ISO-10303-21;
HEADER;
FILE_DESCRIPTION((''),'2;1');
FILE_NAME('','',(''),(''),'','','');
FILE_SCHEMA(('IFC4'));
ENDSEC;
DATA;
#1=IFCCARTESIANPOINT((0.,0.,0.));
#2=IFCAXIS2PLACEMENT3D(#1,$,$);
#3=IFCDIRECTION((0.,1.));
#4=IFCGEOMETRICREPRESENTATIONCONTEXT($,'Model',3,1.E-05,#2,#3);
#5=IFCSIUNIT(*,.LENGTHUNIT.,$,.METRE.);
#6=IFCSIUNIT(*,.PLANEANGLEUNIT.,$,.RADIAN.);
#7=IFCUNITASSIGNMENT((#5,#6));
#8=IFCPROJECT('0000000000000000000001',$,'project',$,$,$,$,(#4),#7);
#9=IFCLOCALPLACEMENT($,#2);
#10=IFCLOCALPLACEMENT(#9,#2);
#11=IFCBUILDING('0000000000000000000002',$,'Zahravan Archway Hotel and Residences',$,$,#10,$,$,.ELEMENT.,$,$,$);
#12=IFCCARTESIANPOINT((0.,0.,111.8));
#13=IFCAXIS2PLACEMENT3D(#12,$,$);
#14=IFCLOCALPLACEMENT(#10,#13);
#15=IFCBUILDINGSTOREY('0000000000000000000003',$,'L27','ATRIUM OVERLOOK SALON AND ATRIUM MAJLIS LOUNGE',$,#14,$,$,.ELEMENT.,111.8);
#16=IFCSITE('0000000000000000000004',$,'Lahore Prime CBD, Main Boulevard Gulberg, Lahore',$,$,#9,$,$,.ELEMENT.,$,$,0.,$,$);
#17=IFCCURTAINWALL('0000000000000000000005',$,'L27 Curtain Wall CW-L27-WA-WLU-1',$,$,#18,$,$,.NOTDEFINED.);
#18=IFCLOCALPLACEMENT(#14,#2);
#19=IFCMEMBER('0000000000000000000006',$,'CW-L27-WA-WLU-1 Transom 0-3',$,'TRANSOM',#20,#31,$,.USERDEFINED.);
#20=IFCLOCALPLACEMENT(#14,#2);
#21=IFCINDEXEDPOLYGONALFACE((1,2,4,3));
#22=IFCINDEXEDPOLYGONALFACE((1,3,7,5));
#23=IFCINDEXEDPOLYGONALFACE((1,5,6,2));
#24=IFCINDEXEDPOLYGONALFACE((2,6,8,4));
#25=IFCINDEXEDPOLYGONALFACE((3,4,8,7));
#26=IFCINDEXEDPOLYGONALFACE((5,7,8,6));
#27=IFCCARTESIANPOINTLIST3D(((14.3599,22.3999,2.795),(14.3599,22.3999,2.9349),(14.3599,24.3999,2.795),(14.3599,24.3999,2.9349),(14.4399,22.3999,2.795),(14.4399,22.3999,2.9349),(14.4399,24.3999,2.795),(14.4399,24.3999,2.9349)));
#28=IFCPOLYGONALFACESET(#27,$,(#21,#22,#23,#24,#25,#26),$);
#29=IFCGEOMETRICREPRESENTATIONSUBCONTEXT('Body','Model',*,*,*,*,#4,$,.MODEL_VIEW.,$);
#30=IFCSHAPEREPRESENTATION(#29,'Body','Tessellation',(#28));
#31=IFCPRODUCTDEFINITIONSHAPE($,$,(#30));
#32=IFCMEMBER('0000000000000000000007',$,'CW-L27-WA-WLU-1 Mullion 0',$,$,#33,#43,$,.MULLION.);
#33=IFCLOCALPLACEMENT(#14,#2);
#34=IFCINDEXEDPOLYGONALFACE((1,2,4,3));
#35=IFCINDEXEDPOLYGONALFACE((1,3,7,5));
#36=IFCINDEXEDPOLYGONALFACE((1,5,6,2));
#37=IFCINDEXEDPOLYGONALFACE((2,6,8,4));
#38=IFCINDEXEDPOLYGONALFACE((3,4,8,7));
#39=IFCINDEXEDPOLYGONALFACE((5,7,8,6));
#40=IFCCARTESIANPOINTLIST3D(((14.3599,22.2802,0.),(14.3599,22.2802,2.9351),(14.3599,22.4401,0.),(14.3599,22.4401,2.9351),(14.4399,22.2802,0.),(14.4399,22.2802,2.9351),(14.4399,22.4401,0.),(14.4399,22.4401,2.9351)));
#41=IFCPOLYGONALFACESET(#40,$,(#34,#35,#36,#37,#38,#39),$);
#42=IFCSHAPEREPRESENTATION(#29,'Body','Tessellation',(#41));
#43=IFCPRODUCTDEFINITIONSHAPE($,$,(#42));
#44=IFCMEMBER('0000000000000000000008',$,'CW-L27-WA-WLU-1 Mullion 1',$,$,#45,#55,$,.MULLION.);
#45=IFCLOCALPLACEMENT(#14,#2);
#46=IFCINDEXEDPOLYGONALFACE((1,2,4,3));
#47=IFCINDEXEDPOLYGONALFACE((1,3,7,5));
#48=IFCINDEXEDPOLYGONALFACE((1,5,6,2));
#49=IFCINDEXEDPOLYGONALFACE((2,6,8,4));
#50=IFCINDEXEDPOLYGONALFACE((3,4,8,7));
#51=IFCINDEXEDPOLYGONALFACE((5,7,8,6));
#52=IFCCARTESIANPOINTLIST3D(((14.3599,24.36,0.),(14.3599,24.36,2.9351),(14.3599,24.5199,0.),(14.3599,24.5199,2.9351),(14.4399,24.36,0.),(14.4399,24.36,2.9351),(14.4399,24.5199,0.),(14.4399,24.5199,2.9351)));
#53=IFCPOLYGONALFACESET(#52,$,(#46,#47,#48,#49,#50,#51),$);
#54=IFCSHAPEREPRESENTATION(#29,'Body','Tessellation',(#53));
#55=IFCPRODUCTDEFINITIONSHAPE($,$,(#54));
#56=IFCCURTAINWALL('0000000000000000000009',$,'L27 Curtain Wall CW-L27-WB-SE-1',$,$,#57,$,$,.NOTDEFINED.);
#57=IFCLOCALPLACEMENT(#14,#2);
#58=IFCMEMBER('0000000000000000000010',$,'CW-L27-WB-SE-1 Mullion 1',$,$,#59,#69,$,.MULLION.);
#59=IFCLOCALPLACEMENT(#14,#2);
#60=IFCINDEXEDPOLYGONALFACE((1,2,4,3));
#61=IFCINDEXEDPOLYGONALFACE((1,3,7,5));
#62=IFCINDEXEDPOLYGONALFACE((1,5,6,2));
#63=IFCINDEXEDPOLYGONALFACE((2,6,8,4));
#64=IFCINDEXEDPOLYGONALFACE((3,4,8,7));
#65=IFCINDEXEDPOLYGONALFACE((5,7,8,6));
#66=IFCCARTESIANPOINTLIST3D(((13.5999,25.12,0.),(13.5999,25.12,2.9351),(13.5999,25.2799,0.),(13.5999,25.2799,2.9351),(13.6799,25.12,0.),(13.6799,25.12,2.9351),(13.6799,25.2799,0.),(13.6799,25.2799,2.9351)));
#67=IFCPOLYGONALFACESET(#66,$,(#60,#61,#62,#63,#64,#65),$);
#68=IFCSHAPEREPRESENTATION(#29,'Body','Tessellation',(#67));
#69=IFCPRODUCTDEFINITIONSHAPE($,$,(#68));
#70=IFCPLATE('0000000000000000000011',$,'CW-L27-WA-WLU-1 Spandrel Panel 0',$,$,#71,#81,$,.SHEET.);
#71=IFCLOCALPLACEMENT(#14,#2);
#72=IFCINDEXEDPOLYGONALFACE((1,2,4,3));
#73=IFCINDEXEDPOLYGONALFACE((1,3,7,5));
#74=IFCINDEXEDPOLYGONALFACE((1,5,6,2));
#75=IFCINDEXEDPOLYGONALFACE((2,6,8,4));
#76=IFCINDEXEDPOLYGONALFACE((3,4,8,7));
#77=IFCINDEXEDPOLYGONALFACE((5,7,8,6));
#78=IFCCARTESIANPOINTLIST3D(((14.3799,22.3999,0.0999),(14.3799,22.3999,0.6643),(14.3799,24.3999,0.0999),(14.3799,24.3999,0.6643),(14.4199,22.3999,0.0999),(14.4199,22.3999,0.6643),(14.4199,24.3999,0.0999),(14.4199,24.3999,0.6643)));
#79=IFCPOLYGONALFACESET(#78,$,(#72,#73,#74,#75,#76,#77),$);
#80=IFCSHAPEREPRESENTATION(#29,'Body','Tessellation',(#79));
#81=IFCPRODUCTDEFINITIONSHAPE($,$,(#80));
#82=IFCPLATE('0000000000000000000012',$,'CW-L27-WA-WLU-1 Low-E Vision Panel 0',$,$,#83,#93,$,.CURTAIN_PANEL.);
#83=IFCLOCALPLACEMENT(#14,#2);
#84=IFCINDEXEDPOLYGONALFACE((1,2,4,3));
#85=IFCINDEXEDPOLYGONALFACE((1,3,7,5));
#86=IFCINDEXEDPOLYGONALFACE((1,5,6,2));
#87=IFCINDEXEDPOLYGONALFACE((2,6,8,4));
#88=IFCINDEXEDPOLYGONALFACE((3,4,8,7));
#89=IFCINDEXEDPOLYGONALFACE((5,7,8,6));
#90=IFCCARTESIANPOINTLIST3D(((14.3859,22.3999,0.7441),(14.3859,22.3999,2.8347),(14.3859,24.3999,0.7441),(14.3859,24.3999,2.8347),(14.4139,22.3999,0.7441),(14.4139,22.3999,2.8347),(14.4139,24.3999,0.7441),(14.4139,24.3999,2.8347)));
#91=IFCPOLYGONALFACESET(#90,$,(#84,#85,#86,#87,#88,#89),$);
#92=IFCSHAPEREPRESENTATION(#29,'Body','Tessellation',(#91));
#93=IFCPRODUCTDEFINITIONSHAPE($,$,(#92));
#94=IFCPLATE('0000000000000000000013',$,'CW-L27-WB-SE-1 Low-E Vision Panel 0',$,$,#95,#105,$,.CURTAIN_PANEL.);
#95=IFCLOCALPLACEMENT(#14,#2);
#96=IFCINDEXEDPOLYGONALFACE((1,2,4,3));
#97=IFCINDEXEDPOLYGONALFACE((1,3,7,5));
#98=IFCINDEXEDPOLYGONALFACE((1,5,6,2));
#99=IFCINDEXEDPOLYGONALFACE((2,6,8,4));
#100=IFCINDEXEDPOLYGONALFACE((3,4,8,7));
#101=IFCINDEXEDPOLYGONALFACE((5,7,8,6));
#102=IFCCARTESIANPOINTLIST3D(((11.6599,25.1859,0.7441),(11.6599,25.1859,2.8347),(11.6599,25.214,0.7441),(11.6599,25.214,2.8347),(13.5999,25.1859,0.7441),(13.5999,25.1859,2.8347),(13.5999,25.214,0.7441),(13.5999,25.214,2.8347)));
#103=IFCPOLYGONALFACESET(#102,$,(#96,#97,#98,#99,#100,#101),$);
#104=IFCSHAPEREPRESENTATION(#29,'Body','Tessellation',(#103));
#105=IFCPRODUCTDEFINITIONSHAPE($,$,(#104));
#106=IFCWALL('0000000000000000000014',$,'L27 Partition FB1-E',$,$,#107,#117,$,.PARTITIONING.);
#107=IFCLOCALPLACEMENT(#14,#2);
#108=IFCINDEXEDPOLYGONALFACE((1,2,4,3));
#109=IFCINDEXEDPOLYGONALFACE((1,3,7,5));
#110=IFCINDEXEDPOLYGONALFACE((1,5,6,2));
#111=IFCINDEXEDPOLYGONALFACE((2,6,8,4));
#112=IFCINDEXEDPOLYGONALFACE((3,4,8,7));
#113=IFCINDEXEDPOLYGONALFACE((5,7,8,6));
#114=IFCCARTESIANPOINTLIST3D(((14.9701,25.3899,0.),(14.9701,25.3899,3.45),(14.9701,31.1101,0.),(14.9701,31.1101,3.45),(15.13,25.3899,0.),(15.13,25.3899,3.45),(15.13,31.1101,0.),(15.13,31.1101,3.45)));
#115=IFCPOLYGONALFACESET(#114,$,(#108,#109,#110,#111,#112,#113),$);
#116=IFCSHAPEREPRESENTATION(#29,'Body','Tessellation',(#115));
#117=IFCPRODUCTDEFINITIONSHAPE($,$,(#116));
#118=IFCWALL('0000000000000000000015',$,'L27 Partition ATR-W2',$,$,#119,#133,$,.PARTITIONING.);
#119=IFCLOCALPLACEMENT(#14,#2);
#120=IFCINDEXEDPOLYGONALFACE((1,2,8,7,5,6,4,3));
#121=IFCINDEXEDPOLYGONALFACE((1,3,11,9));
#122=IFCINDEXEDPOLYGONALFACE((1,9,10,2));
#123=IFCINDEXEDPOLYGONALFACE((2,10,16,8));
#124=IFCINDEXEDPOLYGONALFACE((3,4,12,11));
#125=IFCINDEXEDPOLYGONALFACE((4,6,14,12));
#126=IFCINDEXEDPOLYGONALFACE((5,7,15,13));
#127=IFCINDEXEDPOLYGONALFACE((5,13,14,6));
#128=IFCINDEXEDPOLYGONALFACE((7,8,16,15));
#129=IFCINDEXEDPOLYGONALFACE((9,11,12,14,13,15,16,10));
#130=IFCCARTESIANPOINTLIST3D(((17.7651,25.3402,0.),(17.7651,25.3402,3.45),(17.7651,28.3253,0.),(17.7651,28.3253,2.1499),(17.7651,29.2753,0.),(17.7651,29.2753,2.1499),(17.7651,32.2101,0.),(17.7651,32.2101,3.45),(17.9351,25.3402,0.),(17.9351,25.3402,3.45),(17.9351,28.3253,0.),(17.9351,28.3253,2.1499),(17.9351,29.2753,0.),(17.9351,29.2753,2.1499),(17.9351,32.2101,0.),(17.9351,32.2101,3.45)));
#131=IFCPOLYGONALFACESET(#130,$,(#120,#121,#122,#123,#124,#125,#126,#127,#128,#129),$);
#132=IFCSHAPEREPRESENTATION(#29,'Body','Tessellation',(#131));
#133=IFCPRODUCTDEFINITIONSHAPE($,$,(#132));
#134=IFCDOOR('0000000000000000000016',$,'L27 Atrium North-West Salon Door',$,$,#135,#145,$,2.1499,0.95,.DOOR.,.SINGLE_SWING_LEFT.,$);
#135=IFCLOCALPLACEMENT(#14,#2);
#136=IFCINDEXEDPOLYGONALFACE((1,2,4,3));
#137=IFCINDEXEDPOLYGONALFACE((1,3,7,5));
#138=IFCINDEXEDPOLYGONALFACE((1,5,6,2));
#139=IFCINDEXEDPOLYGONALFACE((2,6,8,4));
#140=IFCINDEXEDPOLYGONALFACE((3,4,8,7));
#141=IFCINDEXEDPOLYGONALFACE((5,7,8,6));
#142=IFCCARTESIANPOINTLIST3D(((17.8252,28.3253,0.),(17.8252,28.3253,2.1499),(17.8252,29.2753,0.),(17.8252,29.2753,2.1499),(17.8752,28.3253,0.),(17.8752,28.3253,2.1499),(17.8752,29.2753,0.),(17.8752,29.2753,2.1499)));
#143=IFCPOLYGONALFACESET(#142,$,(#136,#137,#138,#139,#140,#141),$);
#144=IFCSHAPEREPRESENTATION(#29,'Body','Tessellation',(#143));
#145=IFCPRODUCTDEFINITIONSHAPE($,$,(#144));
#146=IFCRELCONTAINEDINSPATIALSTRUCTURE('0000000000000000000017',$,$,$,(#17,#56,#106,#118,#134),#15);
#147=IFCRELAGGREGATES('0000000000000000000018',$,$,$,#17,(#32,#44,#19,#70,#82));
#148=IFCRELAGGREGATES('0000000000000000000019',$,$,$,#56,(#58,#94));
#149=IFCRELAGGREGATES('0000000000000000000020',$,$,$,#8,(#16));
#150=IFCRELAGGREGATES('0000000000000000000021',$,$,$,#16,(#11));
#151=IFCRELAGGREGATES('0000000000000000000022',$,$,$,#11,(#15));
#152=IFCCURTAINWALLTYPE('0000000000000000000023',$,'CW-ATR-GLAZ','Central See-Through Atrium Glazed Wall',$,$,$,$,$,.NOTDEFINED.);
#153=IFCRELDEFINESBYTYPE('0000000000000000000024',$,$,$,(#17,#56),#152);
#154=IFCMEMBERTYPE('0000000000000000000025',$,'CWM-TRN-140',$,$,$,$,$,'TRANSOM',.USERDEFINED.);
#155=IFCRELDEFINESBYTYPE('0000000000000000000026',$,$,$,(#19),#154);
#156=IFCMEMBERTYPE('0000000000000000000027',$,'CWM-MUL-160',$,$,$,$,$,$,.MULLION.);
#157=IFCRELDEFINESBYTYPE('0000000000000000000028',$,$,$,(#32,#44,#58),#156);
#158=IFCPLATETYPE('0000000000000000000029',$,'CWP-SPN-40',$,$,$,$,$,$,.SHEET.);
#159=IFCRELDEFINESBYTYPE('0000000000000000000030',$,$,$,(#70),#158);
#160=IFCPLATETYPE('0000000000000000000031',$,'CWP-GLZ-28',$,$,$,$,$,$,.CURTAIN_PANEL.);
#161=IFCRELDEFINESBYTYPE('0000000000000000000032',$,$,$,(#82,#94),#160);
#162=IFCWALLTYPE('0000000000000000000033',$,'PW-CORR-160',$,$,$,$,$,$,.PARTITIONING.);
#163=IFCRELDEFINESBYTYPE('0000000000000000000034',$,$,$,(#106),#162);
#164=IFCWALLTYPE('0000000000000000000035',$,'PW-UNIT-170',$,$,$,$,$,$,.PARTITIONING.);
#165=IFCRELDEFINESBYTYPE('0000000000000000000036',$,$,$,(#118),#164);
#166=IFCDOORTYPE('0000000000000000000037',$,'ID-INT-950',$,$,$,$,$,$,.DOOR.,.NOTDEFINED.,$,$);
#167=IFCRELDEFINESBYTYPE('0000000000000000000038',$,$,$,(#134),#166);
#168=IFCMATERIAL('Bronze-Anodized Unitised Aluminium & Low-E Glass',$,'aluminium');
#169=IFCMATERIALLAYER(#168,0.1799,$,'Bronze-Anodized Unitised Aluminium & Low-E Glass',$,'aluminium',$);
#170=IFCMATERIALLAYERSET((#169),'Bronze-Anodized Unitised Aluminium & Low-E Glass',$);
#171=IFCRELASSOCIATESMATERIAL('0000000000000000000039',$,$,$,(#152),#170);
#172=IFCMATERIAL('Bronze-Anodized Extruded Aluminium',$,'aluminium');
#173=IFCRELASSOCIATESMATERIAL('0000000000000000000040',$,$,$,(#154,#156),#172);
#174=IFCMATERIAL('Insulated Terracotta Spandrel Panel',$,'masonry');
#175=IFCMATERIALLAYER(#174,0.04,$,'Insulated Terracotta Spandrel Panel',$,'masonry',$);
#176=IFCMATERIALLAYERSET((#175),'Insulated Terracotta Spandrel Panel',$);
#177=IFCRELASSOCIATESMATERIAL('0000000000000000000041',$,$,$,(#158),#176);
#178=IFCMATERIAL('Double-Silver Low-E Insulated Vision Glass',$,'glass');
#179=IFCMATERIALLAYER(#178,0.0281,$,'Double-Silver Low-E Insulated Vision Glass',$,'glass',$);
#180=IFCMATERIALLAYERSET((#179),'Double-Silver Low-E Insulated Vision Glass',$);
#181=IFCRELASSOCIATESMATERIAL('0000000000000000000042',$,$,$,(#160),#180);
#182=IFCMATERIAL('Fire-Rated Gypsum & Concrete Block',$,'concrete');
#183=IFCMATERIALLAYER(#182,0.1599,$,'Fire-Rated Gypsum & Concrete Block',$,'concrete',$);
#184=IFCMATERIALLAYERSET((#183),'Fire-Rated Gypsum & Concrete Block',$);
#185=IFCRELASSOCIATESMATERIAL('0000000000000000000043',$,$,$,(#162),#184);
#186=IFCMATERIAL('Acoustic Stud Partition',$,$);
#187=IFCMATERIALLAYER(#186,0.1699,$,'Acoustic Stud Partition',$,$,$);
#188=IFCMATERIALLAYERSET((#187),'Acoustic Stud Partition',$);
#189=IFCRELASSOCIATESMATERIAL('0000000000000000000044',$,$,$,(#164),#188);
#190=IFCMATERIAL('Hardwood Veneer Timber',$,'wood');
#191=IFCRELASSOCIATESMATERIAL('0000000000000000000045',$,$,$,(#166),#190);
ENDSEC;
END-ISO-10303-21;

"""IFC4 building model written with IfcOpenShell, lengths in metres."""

from ifc_helpers import new_model, si_unit, direction, frame, frame_2d, origin, origin_2d, place, context, subcontext, project, spatial, rectangle, extrude, source, transform, mapped, material, layer, layer_set, material_profile, profile_set, type_object, type_shapes, element, fill, aggregate, save


model = new_model("IFC4")

# Units and contexts
model_context = context("Model", 3, precision=1e-05, world=origin(), true_north=direction((0.0, 1.0)))
body_context = subcontext(model_context, "Body", "Model", "MODEL_VIEW")
ifc_project = project(units=[si_unit("LENGTHUNIT", "METRE"), si_unit("PLANEANGLEUNIT", "RADIAN")], contexts=[model_context])

# Site, building, storey
site_placement = place(None, origin())
site = spatial("IfcSite", under=ifc_project, at=site_placement, Name="Lahore Prime CBD, Main Boulevard Gulberg, Lahore", CompositionType="ELEMENT", RefElevation=0.0)
building_placement = place(site_placement, origin())
building = spatial("IfcBuilding", under=site, at=building_placement, Name="Zahravan Archway Hotel and Residences", CompositionType="ELEMENT")
storey_placement = place(building_placement, frame((0.0, 0.0, 111.8)))
storey = spatial("IfcBuildingStorey", under=building, at=storey_placement, Name="L27", Description="ATRIUM OVERLOOK SALON AND ATRIUM MAJLIS LOUNGE", CompositionType="ELEMENT", Elevation=111.8)

# Curtain wall, members
ifc_material_1 = material(Name="Bronze-Anodized Unitised Aluminium & Low-E Glass", Category="aluminium")
ifc_layer_1 = layer(ifc_material_1, 0.1799, Name="Bronze-Anodized Unitised Aluminium & Low-E Glass", Category="aluminium")
ifc_layer_set_1 = layer_set([ifc_layer_1], Name="Bronze-Anodized Unitised Aluminium & Low-E Glass")
curtain_wall_type = type_object("IfcCurtainWallType", Name="CW-ATR-GLAZ", Description="Central See-Through Atrium Glazed Wall", PredefinedType="NOTDEFINED", material=ifc_layer_set_1)
curtain_wall_1_placement = place(storey_placement, origin())
curtain_wall_1 = element("IfcCurtainWall", 1, at=curtain_wall_1_placement, inside=storey, type_object=curtain_wall_type, Name="L27 Curtain Wall CW-L27-WA-WLU-1", PredefinedType="NOTDEFINED")
ifc_material_2 = material(Name="Bronze-Anodized Extruded Aluminium", Category="aluminium")
ifc_material_profile_1 = material_profile(ifc_material_2, rectangle(XDim=0.0801, YDim=0.1399, at=origin_2d()), Name="TRN 80x140", Category="aluminium")
ifc_profile_set_1 = profile_set([ifc_material_profile_1], Name="Bronze-Anodized Extruded Aluminium")
member_type_1 = type_object("IfcMemberType", Name="CWM-TRN-140", ElementType="TRANSOM", PredefinedType="USERDEFINED", material=ifc_profile_set_1)
shared_shape_1 = source(origin(), body_context, "Body", "SweptSolid", [
    extrude(rectangle(XDim=0.0801, YDim=0.1399, at=origin_2d()), origin(), (0.0, 0.0, 1.0), 2.0),
])
member_1_placement = place(storey_placement, frame((14.3999, 22.3999, 2.865), z_axis=(0.0, 1.0, 0.0), x_axis=(-1.0, 0.0, 0.0)))
member_1 = element("IfcMember", 2, at=member_1_placement, type_object=member_type_1, Name="CW-L27-WA-WLU-1 Transom 0-3", ObjectType="TRANSOM", PredefinedType="USERDEFINED", context=body_context, shape_type="MappedRepresentation", body=[
    mapped(shared_shape_1, transform((0.0, 0.0, 0.0), scale=1.0)),
])
ifc_material_profile_2 = material_profile(ifc_material_2, rectangle(XDim=0.0801, YDim=0.1599, at=origin_2d()), Name="MUL 80x160", Category="aluminium")
ifc_profile_set_2 = profile_set([ifc_material_profile_2], Name="Bronze-Anodized Extruded Aluminium")
member_type_2 = type_object("IfcMemberType", Name="CWM-MUL-160", PredefinedType="MULLION", material=ifc_profile_set_2)
shared_shape_2 = source(origin(), body_context, "Body", "SweptSolid", [
    extrude(rectangle(XDim=0.0801, YDim=0.1599, at=origin_2d()), origin(), (0.0, 0.0, 1.0), 2.9351),
])
member_2_placement = place(storey_placement, frame((14.3999, 22.3601, 0.0), z_axis=(0.0, 0.0, 1.0), x_axis=(1.0, 0.0, 0.0)))
member_2 = element("IfcMember", 3, at=member_2_placement, type_object=member_type_2, Name="CW-L27-WA-WLU-1 Mullion 0", PredefinedType="MULLION", context=body_context, shape_type="MappedRepresentation", body=[
    mapped(shared_shape_2, transform((0.0, 0.0, 0.0), scale=1.0)),
])
member_3_placement = place(storey_placement, frame((14.3999, 24.4399, 0.0), z_axis=(0.0, 0.0, 1.0), x_axis=(1.0, 0.0, 0.0)))
member_3 = element("IfcMember", 4, at=member_3_placement, type_object=member_type_2, Name="CW-L27-WA-WLU-1 Mullion 1", PredefinedType="MULLION", context=body_context, shape_type="MappedRepresentation", body=[
    mapped(shared_shape_2, transform((0.0, 0.0, 0.0), scale=1.0)),
])

# Curtain wall, member
curtain_wall_2_placement = place(storey_placement, origin())
curtain_wall_2 = element("IfcCurtainWall", 5, at=curtain_wall_2_placement, inside=storey, type_object=curtain_wall_type, Name="L27 Curtain Wall CW-L27-WB-SE-1", PredefinedType="NOTDEFINED")
member_4_placement = place(storey_placement, frame((13.6399, 25.2, 0.0), z_axis=(0.0, 0.0, 1.0), x_axis=(1.0, 0.0, 0.0)))
member_4 = element("IfcMember", 6, at=member_4_placement, type_object=member_type_2, Name="CW-L27-WB-SE-1 Mullion 1", PredefinedType="MULLION", context=body_context, shape_type="MappedRepresentation", body=[
    mapped(shared_shape_2, transform((0.0, 0.0, 0.0), scale=1.0)),
])

# Plates
ifc_material_3 = material(Name="Insulated Terracotta Spandrel Panel", Category="masonry")
ifc_layer_2 = layer(ifc_material_3, 0.04, Name="Insulated Terracotta Spandrel Panel", Category="masonry")
ifc_layer_set_2 = layer_set([ifc_layer_2], Name="Insulated Terracotta Spandrel Panel")
plate_type_1 = type_object("IfcPlateType", Name="CWP-SPN-40", PredefinedType="SHEET", material=ifc_layer_set_2)
shared_shape_3 = source(origin(), body_context, "Body", "SweptSolid", [
    extrude(rectangle(XDim=2.0, YDim=0.04, at=origin_2d()), origin(), (0.0, 0.0, 1.0), 0.5645),
])
plate_1_placement = place(storey_placement, frame((14.3999, 23.3999, 0.0999), z_axis=(0.0, 0.0, 1.0), x_axis=(0.0, 1.0, 0.0)))
plate_1 = element("IfcPlate", 7, at=plate_1_placement, type_object=plate_type_1, Name="CW-L27-WA-WLU-1 Spandrel Panel 0", PredefinedType="SHEET", context=body_context, shape_type="MappedRepresentation", body=[
    mapped(shared_shape_3, transform((0.0, 0.0, 0.0), scale=1.0)),
])
ifc_material_4 = material(Name="Double-Silver Low-E Insulated Vision Glass", Category="glass")
ifc_layer_3 = layer(ifc_material_4, 0.0281, Name="Double-Silver Low-E Insulated Vision Glass", Category="glass")
ifc_layer_set_3 = layer_set([ifc_layer_3], Name="Double-Silver Low-E Insulated Vision Glass")
plate_type_2 = type_object("IfcPlateType", Name="CWP-GLZ-28", PredefinedType="CURTAIN_PANEL", material=ifc_layer_set_3)
shared_shape_4 = source(origin(), body_context, "Body", "SweptSolid", [
    extrude(rectangle(XDim=2.0, YDim=0.0281, at=origin_2d()), origin(), (0.0, 0.0, 1.0), 2.0906),
])
plate_2_placement = place(storey_placement, frame((14.3999, 23.3999, 0.7441), z_axis=(0.0, 0.0, 1.0), x_axis=(0.0, 1.0, 0.0)))
plate_2 = element("IfcPlate", 8, at=plate_2_placement, type_object=plate_type_2, Name="CW-L27-WA-WLU-1 Low-E Vision Panel 0", PredefinedType="CURTAIN_PANEL", context=body_context, shape_type="MappedRepresentation", body=[
    mapped(shared_shape_4, transform((0.0, 0.0, 0.0), scale=1.0)),
])
aggregate(curtain_wall_1, [member_2, member_3, member_1, plate_1, plate_2])
shared_shape_5 = source(origin(), body_context, "Body", "SweptSolid", [
    extrude(rectangle(XDim=1.9399, YDim=0.0281, at=origin_2d()), origin(), (0.0, 0.0, 1.0), 2.0906),
])
plate_3_placement = place(storey_placement, frame((12.6299, 25.2, 0.7441), z_axis=(0.0, 0.0, 1.0), x_axis=(1.0, 0.0, 0.0)))
plate_3 = element("IfcPlate", 9, at=plate_3_placement, type_object=plate_type_2, Name="CW-L27-WB-SE-1 Low-E Vision Panel 0", PredefinedType="CURTAIN_PANEL", context=body_context, shape_type="MappedRepresentation", body=[
    mapped(shared_shape_5, transform((0.0, 0.0, 0.0), scale=1.0)),
])
aggregate(curtain_wall_2, [member_4, plate_3])

# Wall
ifc_material_5 = material(Name="Fire-Rated Gypsum & Concrete Block", Category="concrete")
ifc_layer_4 = layer(ifc_material_5, 0.1599, Name="Fire-Rated Gypsum & Concrete Block", Category="concrete")
ifc_layer_set_4 = layer_set([ifc_layer_4], Name="Fire-Rated Gypsum & Concrete Block")
wall_type_1 = type_object("IfcWallType", Name="PW-CORR-160", PredefinedType="PARTITIONING", material=ifc_layer_set_4)
wall_1_placement = place(storey_placement, frame((15.05, 25.3899, 0.0), z_axis=(0.0, 0.0, 1.0), x_axis=(0.0, 1.0, 0.0)))
element("IfcWall", 10, at=wall_1_placement, inside=storey, type_object=wall_type_1, Name="L27 Partition FB1-E", PredefinedType="PARTITIONING", context=body_context, shape_type="SweptSolid", body=[
    extrude(rectangle(XDim=5.7202, YDim=0.1599, at=frame_2d((2.8601, 0.0))), origin(), (0.0, 0.0, 1.0), 3.45),
])

# Wall, opening, door
ifc_material_6 = material(Name="Acoustic Stud Partition")
ifc_layer_5 = layer(ifc_material_6, 0.1699, Name="Acoustic Stud Partition")
ifc_layer_set_5 = layer_set([ifc_layer_5], Name="Acoustic Stud Partition")
wall_type_2 = type_object("IfcWallType", Name="PW-UNIT-170", PredefinedType="PARTITIONING", material=ifc_layer_set_5)
wall_2_placement = place(storey_placement, frame((17.8501, 25.3401, 0.0), z_axis=(0.0, 0.0, 1.0), x_axis=(0.0, 1.0, 0.0)))
wall_2 = element("IfcWall", 11, at=wall_2_placement, inside=storey, type_object=wall_type_2, Name="L27 Partition ATR-W2", PredefinedType="PARTITIONING", context=body_context, shape_type="SweptSolid", body=[
    extrude(rectangle(XDim=6.8699, YDim=0.1699, at=frame_2d((3.4351, 0.0))), origin(), (0.0, 0.0, 1.0), 3.45),
])
opening_placement = place(wall_2_placement, frame((2.9851, 0.0, 0.0)))
opening = element("IfcOpeningElement", 12, at=opening_placement, cuts=wall_2, PredefinedType="OPENING", context=body_context, shape_type="SweptSolid", body=[
    extrude(rectangle(XDim=0.95, YDim=2.1499, at=frame_2d((0.4751, 1.075))), frame((0.0, 0.095, 0.0), z_axis=(0.0, -1.0, 0.0), x_axis=(1.0, 0.0, 0.0)), (0.0, 0.0, 1.0), 0.1899),
])
ifc_material_7 = material(Name="Hardwood Veneer Timber", Category="wood")
door_type = type_object("IfcDoorType", Name="ID-INT-950", OperationType="NOTDEFINED", PredefinedType="DOOR", material=ifc_material_7)
shared_shape_6 = source(origin(), body_context, "Body", "SweptSolid", [
    extrude(rectangle(XDim=0.95, YDim=2.1499, at=frame_2d((0.4751, 1.075))), frame((0.0, 0.0249, 0.0), z_axis=(0.0, -1.0, 0.0), x_axis=(1.0, 0.0, 0.0)), (0.0, 0.0, 1.0), 0.05),
])
type_shapes(door_type, [shared_shape_6])
door_placement = place(opening_placement, origin())
door = element("IfcDoor", 13, at=door_placement, inside=storey, type_object=door_type, Name="L27 Atrium North-West Salon Door", OperationType="SINGLE_SWING_LEFT", OverallHeight=2.1499, OverallWidth=0.95, PredefinedType="DOOR", context=body_context, shape_type="MappedRepresentation", body=[
    mapped(shared_shape_6, transform((0.0, 0.0, 0.0), scale=1.0)),
])
fill(opening, door)

save(model, "model.ifc")
